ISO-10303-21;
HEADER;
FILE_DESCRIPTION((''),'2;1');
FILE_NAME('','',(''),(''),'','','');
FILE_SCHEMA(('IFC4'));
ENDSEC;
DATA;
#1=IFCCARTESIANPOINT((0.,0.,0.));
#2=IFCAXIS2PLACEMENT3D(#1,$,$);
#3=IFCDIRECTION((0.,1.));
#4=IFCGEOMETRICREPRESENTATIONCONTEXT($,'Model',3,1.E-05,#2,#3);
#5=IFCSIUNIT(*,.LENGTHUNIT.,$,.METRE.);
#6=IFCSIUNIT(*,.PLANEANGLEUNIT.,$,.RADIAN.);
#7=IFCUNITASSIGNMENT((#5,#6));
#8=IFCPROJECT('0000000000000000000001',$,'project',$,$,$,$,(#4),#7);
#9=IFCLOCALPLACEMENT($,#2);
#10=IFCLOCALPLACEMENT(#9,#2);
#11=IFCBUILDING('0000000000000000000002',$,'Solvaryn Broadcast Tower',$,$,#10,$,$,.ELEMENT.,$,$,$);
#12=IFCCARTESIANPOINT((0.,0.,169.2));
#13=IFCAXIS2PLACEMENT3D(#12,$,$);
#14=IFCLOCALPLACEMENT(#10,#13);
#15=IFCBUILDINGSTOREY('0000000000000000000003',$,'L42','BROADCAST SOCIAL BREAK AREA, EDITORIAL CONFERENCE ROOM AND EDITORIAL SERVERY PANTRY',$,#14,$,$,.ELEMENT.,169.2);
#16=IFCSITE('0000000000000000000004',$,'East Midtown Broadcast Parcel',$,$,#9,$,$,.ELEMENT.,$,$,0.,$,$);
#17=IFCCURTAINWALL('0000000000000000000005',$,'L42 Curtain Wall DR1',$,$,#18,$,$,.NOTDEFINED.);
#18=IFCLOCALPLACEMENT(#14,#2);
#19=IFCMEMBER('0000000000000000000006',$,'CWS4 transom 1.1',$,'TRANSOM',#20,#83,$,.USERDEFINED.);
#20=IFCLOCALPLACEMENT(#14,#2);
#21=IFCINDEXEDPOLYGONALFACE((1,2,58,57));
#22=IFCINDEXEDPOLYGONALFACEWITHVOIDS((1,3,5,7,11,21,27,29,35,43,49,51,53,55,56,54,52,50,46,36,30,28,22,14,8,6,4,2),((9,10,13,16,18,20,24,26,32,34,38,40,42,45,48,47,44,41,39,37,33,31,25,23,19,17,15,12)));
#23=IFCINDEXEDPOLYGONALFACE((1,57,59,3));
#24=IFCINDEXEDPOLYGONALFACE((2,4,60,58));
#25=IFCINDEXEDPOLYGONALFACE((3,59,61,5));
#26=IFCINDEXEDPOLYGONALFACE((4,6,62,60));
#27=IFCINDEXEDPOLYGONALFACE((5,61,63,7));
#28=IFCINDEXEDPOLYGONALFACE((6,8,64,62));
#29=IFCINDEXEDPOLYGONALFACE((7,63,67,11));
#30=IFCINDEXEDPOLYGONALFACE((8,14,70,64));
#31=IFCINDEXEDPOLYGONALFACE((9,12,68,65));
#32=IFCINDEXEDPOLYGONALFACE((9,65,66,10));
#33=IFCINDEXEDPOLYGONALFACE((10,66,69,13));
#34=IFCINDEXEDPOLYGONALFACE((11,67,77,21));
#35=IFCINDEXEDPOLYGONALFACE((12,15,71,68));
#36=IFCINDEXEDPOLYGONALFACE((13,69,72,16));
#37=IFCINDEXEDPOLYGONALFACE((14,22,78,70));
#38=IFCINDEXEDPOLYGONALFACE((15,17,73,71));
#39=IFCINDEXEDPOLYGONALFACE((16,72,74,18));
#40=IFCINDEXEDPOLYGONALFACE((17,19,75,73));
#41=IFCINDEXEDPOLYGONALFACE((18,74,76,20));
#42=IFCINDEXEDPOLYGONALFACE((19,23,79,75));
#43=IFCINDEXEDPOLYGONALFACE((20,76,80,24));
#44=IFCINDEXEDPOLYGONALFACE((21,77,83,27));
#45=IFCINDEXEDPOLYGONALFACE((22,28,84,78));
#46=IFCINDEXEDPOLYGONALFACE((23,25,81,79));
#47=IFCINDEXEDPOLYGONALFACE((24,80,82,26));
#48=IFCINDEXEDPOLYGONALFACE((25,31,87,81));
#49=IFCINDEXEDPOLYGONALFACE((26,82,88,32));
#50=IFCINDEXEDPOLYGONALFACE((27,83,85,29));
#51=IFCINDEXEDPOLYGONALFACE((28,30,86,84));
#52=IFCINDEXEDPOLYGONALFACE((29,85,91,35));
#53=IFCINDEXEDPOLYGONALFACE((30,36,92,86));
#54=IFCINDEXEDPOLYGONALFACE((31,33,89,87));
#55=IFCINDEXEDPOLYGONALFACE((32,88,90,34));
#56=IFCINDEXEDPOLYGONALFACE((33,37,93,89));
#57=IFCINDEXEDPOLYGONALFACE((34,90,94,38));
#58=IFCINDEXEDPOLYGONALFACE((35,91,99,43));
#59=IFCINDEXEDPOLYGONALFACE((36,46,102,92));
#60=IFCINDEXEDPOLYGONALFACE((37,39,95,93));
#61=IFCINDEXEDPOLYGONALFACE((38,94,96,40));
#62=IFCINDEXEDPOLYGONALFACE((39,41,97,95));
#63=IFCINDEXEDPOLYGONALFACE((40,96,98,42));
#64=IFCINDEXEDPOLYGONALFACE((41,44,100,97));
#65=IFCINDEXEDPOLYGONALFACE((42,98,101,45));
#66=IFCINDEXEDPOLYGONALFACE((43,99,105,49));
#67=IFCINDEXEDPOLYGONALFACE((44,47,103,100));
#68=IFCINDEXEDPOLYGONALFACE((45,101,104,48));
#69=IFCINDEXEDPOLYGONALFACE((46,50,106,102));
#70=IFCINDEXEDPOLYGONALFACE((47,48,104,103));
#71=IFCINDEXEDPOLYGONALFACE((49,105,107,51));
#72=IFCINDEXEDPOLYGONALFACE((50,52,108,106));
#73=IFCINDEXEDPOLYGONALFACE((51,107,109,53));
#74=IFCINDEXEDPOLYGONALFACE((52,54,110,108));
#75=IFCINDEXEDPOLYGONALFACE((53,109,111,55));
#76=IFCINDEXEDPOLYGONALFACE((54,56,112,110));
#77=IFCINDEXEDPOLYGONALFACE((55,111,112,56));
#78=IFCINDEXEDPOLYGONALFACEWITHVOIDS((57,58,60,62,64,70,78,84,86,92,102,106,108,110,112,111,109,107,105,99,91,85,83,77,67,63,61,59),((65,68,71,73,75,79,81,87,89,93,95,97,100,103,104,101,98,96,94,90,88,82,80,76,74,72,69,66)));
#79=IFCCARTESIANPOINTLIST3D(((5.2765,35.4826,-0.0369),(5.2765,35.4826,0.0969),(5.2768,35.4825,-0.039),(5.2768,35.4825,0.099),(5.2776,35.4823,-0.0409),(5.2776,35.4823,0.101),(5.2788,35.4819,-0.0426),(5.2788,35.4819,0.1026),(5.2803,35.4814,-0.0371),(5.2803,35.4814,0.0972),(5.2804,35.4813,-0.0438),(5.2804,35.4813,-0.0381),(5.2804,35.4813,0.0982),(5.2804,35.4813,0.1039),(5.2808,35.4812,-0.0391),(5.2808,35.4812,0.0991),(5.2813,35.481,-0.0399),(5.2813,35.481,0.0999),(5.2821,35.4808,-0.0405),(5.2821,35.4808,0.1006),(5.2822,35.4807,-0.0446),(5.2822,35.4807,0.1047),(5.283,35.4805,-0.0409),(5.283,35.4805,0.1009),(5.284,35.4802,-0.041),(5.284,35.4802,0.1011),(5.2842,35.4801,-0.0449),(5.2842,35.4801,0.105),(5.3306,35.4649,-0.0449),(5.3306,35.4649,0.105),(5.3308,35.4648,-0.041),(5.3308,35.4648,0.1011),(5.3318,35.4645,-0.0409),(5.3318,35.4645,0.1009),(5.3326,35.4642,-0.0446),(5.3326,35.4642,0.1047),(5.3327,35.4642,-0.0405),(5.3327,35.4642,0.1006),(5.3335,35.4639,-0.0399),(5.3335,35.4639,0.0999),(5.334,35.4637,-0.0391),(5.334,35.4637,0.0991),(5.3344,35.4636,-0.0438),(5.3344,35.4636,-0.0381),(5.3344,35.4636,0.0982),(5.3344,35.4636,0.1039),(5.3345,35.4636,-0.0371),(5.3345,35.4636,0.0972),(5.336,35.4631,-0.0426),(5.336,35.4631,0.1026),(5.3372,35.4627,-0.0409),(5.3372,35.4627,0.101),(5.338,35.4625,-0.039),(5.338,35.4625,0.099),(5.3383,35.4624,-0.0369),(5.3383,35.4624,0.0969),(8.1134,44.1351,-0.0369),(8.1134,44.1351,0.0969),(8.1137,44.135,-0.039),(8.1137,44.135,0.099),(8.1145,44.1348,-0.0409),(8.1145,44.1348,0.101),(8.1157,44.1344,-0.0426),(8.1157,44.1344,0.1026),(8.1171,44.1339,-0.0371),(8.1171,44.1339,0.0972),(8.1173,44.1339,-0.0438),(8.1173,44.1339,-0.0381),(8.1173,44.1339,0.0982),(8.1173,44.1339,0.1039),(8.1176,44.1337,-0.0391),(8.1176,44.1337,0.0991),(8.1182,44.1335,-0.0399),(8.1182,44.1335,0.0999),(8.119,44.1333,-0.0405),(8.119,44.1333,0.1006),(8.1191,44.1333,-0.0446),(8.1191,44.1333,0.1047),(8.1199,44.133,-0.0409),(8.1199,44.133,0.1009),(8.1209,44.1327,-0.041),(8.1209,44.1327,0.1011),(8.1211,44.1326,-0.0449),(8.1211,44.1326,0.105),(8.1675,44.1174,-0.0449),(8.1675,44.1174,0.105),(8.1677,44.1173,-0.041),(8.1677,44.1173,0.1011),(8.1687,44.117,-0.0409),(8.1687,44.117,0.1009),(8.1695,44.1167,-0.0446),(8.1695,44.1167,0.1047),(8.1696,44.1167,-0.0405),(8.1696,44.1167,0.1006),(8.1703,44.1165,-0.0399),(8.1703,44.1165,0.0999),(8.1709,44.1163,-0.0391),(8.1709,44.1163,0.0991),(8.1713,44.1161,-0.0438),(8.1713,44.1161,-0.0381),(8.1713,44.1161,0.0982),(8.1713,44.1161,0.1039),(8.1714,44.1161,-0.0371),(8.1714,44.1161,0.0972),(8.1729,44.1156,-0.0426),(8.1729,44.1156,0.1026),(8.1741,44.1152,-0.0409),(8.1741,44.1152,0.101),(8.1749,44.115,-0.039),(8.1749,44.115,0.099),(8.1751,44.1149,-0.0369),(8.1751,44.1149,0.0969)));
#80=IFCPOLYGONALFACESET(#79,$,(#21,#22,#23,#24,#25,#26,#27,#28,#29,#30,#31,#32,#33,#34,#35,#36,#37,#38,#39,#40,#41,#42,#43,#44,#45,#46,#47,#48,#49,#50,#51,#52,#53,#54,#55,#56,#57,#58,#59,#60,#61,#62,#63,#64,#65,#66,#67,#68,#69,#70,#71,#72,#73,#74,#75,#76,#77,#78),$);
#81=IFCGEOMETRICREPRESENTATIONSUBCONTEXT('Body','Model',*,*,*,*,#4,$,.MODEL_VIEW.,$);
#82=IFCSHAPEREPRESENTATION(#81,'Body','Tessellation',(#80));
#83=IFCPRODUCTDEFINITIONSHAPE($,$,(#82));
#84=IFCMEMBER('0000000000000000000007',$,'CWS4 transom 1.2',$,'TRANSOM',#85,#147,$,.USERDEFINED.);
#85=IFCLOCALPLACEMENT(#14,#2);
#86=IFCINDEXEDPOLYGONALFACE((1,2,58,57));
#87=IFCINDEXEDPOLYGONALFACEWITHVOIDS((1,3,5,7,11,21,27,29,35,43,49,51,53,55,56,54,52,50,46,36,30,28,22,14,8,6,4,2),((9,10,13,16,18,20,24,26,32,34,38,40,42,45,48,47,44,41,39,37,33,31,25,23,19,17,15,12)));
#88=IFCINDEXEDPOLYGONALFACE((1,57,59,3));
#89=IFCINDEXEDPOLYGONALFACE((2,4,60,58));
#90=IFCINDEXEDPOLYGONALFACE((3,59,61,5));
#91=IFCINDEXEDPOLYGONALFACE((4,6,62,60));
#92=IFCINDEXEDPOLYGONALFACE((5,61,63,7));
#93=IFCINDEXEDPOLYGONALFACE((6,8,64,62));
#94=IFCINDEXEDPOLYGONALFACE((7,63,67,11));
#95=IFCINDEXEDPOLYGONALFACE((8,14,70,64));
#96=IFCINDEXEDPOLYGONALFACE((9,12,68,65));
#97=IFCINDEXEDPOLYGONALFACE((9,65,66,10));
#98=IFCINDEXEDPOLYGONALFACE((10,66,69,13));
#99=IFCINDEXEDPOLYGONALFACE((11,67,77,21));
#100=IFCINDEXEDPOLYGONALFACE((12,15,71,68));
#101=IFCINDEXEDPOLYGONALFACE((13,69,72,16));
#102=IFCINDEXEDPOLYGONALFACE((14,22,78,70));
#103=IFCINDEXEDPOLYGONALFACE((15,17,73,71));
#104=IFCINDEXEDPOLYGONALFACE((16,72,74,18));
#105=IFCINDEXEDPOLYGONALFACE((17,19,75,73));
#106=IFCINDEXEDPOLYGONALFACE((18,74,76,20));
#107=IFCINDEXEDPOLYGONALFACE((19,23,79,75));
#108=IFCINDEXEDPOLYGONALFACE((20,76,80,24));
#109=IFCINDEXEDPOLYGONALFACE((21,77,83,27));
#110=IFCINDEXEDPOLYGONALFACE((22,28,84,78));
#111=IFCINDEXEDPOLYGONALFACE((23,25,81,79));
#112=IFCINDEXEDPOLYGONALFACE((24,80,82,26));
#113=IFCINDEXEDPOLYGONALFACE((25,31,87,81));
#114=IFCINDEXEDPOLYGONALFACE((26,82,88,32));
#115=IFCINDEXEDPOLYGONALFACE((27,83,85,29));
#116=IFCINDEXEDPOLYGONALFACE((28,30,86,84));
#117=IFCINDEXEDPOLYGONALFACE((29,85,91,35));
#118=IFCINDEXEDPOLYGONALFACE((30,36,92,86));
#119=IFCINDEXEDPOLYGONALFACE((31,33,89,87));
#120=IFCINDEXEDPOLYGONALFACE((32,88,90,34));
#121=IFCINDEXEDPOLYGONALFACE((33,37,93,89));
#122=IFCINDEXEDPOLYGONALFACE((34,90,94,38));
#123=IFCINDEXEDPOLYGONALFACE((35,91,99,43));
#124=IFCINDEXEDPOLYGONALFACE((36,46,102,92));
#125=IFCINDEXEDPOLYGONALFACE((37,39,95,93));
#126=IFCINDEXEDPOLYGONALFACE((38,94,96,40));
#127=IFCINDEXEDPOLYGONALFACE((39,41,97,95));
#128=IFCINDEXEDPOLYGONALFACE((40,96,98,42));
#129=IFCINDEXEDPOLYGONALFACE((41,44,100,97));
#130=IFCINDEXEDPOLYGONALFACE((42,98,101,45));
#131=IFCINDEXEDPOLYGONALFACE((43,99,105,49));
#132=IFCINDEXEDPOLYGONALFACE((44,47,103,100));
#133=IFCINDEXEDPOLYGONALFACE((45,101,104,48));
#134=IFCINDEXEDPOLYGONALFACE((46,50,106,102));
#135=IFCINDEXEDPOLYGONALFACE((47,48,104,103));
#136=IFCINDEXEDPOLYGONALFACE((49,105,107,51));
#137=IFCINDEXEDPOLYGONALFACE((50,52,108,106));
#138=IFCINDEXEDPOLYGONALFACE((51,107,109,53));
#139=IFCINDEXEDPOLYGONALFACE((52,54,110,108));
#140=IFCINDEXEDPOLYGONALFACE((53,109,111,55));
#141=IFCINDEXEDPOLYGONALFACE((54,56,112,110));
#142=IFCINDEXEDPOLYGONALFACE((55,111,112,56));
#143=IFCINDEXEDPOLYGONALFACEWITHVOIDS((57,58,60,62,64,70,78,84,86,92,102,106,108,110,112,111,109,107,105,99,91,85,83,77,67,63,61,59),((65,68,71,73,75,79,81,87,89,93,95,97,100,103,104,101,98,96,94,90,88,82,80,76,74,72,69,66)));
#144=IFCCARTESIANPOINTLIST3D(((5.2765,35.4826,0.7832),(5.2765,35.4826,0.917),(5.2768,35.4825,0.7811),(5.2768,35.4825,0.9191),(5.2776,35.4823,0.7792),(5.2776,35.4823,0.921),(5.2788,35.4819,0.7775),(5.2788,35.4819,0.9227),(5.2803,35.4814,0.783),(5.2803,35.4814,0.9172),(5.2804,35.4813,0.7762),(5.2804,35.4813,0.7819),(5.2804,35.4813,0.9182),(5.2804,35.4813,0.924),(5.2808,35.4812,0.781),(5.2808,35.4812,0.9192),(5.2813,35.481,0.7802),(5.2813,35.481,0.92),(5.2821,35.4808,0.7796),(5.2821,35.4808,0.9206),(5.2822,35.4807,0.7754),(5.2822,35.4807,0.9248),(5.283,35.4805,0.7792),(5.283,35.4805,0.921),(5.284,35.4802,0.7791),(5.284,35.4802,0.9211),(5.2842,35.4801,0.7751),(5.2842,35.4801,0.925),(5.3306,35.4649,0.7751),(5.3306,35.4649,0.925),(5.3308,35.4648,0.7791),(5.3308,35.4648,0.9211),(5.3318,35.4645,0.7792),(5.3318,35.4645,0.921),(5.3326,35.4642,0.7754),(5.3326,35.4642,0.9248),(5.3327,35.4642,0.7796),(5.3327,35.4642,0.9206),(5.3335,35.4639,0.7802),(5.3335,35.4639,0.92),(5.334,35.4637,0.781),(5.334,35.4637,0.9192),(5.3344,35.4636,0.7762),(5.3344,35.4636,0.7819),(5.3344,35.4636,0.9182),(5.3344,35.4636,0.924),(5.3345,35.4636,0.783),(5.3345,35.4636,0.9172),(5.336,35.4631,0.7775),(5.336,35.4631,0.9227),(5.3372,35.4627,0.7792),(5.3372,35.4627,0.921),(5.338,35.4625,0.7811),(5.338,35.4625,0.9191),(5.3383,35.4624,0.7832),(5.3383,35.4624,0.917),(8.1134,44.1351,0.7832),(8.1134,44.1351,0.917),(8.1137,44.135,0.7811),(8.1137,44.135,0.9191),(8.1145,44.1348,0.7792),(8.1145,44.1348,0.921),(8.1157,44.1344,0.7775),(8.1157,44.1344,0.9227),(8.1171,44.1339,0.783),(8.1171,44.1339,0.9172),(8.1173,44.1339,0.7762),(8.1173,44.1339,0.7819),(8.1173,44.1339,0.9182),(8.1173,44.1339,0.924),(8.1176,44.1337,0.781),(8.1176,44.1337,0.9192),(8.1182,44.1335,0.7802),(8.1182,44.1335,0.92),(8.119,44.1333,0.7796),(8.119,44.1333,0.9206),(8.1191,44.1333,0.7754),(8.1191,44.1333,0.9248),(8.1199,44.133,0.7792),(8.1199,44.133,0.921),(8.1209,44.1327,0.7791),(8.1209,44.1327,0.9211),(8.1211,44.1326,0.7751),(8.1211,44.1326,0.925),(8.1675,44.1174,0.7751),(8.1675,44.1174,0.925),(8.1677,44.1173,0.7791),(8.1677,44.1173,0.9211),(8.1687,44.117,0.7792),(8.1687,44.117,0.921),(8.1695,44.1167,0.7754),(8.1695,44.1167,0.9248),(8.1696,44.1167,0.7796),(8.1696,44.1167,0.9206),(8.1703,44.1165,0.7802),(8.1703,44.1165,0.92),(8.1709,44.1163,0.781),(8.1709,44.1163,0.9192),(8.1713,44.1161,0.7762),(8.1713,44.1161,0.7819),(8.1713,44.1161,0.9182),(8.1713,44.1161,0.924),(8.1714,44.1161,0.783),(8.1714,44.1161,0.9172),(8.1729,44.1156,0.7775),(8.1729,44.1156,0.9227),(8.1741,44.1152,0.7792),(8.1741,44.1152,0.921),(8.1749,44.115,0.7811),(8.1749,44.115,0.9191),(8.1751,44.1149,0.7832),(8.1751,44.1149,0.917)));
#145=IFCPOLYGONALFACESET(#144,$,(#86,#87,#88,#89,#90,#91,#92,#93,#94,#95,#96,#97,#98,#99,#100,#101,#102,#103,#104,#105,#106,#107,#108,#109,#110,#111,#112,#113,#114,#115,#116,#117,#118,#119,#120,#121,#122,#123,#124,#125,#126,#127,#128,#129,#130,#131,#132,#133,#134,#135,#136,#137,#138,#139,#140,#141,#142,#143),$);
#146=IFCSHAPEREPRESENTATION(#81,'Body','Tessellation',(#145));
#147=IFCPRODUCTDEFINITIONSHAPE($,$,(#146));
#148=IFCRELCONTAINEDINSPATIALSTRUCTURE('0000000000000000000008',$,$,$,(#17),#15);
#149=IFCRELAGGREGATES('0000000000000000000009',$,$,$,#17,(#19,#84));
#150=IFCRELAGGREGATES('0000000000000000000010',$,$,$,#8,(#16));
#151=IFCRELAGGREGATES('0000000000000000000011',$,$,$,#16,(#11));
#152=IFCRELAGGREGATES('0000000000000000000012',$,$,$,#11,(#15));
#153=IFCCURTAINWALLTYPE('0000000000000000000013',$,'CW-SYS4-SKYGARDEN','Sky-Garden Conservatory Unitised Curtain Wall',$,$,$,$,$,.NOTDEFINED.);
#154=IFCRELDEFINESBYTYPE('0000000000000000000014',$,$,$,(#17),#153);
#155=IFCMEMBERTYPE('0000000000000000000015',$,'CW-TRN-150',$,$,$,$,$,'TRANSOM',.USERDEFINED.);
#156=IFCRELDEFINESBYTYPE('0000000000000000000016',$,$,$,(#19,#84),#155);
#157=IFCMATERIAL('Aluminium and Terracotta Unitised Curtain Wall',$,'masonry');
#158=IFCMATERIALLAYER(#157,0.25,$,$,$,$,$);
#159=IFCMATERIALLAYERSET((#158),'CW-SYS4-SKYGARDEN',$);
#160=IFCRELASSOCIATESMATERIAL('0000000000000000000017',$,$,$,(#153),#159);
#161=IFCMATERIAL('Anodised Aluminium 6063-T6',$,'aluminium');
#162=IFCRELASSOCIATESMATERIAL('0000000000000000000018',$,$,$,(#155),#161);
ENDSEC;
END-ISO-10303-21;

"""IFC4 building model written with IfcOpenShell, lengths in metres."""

from ifc_helpers import new_model, si_unit, direction, frame, origin, origin_2d, place, context, subcontext, project, spatial, hollow_rectangle, extrude, material, layer, layer_set, material_profile, profile_set, type_object, element, aggregate, save


model = new_model("IFC4")

# Units and contexts
model_context = context("Model", 3, precision=1e-05, world=origin(), true_north=direction((0.0, 1.0)))
body_context = subcontext(model_context, "Body", "Model", "MODEL_VIEW")
ifc_project = project(units=[si_unit("LENGTHUNIT", "METRE"), si_unit("PLANEANGLEUNIT", "RADIAN")], contexts=[model_context])

# Site, building, storey
site_placement = place(None, origin())
site = spatial("IfcSite", under=ifc_project, at=site_placement, Name="East Midtown Broadcast Parcel", CompositionType="ELEMENT", RefElevation=0.0)
building_placement = place(site_placement, origin())
building = spatial("IfcBuilding", under=site, at=building_placement, Name="Solvaryn Broadcast Tower", CompositionType="ELEMENT")
storey_placement = place(building_placement, frame((0.0, 0.0, 169.2)))
storey = spatial("IfcBuildingStorey", under=building, at=storey_placement, Name="L42", Description="BROADCAST SOCIAL BREAK AREA, EDITORIAL CONFERENCE ROOM AND EDITORIAL SERVERY PANTRY", CompositionType="ELEMENT", Elevation=169.2)

# Curtain wall, members
ifc_material_1 = material(Name="Aluminium and Terracotta Unitised Curtain Wall", Category="masonry")
ifc_layer_1 = layer(ifc_material_1, 0.25)
ifc_layer_set_1 = layer_set([ifc_layer_1], Name="CW-SYS4-SKYGARDEN")
curtain_wall_type = type_object("IfcCurtainWallType", Name="CW-SYS4-SKYGARDEN", Description="Sky-Garden Conservatory Unitised Curtain Wall", PredefinedType="NOTDEFINED", material=ifc_layer_set_1)
curtain_wall_placement = place(storey_placement, origin())
curtain_wall = element("IfcCurtainWall", 1, at=curtain_wall_placement, inside=storey, type_object=curtain_wall_type, Name="L42 Curtain Wall DR1", PredefinedType="NOTDEFINED")
ifc_material_2 = material(Name="Anodised Aluminium 6063-T6", Category="aluminium")
ifc_material_profile_1 = material_profile(ifc_material_2, hollow_rectangle(XDim=0.0649, YDim=0.1499, WallThickness=0.0039, InnerFilletRadius=0.0039, OuterFilletRadius=0.0081, at=origin_2d()))
ifc_profile_set_1 = profile_set([ifc_material_profile_1], Name="Anodised Aluminium 6063-T6")
member_type_1 = type_object("IfcMemberType", Name="CW-TRN-150", ElementType="TRANSOM", PredefinedType="USERDEFINED", material=ifc_profile_set_1)
member_1_placement = place(storey_placement, frame((8.1443, 44.125, 0.03), z_axis=(-0.311551, -0.95023, 0.0), x_axis=(0.95023, -0.311551, 0.0)))
member_1 = element("IfcMember", 2, at=member_1_placement, type_object=member_type_1, Name="CWS4 transom 1.1", ObjectType="TRANSOM", PredefinedType="USERDEFINED", context=body_context, shape_type="SweptSolid", body=[
    extrude(hollow_rectangle(XDim=0.0649, YDim=0.1499, WallThickness=0.0039, InnerFilletRadius=0.0039, OuterFilletRadius=0.0081, at=origin_2d()), origin(), (0.0, 0.0, 1.0), 9.1057),
])
member_2_placement = place(storey_placement, frame((8.1443, 44.125, 0.8501), z_axis=(-0.311551, -0.95023, 0.0), x_axis=(0.95023, -0.311551, 0.0)))
member_2 = element("IfcMember", 3, at=member_2_placement, type_object=member_type_1, Name="CWS4 transom 1.2", ObjectType="TRANSOM", PredefinedType="USERDEFINED", context=body_context, shape_type="SweptSolid", body=[
    extrude(hollow_rectangle(XDim=0.0649, YDim=0.1499, WallThickness=0.0039, InnerFilletRadius=0.0039, OuterFilletRadius=0.0081, at=origin_2d()), origin(), (0.0, 0.0, 1.0), 9.1057),
])
aggregate(curtain_wall, [member_1, member_2])

save(model, "model.ifc")
